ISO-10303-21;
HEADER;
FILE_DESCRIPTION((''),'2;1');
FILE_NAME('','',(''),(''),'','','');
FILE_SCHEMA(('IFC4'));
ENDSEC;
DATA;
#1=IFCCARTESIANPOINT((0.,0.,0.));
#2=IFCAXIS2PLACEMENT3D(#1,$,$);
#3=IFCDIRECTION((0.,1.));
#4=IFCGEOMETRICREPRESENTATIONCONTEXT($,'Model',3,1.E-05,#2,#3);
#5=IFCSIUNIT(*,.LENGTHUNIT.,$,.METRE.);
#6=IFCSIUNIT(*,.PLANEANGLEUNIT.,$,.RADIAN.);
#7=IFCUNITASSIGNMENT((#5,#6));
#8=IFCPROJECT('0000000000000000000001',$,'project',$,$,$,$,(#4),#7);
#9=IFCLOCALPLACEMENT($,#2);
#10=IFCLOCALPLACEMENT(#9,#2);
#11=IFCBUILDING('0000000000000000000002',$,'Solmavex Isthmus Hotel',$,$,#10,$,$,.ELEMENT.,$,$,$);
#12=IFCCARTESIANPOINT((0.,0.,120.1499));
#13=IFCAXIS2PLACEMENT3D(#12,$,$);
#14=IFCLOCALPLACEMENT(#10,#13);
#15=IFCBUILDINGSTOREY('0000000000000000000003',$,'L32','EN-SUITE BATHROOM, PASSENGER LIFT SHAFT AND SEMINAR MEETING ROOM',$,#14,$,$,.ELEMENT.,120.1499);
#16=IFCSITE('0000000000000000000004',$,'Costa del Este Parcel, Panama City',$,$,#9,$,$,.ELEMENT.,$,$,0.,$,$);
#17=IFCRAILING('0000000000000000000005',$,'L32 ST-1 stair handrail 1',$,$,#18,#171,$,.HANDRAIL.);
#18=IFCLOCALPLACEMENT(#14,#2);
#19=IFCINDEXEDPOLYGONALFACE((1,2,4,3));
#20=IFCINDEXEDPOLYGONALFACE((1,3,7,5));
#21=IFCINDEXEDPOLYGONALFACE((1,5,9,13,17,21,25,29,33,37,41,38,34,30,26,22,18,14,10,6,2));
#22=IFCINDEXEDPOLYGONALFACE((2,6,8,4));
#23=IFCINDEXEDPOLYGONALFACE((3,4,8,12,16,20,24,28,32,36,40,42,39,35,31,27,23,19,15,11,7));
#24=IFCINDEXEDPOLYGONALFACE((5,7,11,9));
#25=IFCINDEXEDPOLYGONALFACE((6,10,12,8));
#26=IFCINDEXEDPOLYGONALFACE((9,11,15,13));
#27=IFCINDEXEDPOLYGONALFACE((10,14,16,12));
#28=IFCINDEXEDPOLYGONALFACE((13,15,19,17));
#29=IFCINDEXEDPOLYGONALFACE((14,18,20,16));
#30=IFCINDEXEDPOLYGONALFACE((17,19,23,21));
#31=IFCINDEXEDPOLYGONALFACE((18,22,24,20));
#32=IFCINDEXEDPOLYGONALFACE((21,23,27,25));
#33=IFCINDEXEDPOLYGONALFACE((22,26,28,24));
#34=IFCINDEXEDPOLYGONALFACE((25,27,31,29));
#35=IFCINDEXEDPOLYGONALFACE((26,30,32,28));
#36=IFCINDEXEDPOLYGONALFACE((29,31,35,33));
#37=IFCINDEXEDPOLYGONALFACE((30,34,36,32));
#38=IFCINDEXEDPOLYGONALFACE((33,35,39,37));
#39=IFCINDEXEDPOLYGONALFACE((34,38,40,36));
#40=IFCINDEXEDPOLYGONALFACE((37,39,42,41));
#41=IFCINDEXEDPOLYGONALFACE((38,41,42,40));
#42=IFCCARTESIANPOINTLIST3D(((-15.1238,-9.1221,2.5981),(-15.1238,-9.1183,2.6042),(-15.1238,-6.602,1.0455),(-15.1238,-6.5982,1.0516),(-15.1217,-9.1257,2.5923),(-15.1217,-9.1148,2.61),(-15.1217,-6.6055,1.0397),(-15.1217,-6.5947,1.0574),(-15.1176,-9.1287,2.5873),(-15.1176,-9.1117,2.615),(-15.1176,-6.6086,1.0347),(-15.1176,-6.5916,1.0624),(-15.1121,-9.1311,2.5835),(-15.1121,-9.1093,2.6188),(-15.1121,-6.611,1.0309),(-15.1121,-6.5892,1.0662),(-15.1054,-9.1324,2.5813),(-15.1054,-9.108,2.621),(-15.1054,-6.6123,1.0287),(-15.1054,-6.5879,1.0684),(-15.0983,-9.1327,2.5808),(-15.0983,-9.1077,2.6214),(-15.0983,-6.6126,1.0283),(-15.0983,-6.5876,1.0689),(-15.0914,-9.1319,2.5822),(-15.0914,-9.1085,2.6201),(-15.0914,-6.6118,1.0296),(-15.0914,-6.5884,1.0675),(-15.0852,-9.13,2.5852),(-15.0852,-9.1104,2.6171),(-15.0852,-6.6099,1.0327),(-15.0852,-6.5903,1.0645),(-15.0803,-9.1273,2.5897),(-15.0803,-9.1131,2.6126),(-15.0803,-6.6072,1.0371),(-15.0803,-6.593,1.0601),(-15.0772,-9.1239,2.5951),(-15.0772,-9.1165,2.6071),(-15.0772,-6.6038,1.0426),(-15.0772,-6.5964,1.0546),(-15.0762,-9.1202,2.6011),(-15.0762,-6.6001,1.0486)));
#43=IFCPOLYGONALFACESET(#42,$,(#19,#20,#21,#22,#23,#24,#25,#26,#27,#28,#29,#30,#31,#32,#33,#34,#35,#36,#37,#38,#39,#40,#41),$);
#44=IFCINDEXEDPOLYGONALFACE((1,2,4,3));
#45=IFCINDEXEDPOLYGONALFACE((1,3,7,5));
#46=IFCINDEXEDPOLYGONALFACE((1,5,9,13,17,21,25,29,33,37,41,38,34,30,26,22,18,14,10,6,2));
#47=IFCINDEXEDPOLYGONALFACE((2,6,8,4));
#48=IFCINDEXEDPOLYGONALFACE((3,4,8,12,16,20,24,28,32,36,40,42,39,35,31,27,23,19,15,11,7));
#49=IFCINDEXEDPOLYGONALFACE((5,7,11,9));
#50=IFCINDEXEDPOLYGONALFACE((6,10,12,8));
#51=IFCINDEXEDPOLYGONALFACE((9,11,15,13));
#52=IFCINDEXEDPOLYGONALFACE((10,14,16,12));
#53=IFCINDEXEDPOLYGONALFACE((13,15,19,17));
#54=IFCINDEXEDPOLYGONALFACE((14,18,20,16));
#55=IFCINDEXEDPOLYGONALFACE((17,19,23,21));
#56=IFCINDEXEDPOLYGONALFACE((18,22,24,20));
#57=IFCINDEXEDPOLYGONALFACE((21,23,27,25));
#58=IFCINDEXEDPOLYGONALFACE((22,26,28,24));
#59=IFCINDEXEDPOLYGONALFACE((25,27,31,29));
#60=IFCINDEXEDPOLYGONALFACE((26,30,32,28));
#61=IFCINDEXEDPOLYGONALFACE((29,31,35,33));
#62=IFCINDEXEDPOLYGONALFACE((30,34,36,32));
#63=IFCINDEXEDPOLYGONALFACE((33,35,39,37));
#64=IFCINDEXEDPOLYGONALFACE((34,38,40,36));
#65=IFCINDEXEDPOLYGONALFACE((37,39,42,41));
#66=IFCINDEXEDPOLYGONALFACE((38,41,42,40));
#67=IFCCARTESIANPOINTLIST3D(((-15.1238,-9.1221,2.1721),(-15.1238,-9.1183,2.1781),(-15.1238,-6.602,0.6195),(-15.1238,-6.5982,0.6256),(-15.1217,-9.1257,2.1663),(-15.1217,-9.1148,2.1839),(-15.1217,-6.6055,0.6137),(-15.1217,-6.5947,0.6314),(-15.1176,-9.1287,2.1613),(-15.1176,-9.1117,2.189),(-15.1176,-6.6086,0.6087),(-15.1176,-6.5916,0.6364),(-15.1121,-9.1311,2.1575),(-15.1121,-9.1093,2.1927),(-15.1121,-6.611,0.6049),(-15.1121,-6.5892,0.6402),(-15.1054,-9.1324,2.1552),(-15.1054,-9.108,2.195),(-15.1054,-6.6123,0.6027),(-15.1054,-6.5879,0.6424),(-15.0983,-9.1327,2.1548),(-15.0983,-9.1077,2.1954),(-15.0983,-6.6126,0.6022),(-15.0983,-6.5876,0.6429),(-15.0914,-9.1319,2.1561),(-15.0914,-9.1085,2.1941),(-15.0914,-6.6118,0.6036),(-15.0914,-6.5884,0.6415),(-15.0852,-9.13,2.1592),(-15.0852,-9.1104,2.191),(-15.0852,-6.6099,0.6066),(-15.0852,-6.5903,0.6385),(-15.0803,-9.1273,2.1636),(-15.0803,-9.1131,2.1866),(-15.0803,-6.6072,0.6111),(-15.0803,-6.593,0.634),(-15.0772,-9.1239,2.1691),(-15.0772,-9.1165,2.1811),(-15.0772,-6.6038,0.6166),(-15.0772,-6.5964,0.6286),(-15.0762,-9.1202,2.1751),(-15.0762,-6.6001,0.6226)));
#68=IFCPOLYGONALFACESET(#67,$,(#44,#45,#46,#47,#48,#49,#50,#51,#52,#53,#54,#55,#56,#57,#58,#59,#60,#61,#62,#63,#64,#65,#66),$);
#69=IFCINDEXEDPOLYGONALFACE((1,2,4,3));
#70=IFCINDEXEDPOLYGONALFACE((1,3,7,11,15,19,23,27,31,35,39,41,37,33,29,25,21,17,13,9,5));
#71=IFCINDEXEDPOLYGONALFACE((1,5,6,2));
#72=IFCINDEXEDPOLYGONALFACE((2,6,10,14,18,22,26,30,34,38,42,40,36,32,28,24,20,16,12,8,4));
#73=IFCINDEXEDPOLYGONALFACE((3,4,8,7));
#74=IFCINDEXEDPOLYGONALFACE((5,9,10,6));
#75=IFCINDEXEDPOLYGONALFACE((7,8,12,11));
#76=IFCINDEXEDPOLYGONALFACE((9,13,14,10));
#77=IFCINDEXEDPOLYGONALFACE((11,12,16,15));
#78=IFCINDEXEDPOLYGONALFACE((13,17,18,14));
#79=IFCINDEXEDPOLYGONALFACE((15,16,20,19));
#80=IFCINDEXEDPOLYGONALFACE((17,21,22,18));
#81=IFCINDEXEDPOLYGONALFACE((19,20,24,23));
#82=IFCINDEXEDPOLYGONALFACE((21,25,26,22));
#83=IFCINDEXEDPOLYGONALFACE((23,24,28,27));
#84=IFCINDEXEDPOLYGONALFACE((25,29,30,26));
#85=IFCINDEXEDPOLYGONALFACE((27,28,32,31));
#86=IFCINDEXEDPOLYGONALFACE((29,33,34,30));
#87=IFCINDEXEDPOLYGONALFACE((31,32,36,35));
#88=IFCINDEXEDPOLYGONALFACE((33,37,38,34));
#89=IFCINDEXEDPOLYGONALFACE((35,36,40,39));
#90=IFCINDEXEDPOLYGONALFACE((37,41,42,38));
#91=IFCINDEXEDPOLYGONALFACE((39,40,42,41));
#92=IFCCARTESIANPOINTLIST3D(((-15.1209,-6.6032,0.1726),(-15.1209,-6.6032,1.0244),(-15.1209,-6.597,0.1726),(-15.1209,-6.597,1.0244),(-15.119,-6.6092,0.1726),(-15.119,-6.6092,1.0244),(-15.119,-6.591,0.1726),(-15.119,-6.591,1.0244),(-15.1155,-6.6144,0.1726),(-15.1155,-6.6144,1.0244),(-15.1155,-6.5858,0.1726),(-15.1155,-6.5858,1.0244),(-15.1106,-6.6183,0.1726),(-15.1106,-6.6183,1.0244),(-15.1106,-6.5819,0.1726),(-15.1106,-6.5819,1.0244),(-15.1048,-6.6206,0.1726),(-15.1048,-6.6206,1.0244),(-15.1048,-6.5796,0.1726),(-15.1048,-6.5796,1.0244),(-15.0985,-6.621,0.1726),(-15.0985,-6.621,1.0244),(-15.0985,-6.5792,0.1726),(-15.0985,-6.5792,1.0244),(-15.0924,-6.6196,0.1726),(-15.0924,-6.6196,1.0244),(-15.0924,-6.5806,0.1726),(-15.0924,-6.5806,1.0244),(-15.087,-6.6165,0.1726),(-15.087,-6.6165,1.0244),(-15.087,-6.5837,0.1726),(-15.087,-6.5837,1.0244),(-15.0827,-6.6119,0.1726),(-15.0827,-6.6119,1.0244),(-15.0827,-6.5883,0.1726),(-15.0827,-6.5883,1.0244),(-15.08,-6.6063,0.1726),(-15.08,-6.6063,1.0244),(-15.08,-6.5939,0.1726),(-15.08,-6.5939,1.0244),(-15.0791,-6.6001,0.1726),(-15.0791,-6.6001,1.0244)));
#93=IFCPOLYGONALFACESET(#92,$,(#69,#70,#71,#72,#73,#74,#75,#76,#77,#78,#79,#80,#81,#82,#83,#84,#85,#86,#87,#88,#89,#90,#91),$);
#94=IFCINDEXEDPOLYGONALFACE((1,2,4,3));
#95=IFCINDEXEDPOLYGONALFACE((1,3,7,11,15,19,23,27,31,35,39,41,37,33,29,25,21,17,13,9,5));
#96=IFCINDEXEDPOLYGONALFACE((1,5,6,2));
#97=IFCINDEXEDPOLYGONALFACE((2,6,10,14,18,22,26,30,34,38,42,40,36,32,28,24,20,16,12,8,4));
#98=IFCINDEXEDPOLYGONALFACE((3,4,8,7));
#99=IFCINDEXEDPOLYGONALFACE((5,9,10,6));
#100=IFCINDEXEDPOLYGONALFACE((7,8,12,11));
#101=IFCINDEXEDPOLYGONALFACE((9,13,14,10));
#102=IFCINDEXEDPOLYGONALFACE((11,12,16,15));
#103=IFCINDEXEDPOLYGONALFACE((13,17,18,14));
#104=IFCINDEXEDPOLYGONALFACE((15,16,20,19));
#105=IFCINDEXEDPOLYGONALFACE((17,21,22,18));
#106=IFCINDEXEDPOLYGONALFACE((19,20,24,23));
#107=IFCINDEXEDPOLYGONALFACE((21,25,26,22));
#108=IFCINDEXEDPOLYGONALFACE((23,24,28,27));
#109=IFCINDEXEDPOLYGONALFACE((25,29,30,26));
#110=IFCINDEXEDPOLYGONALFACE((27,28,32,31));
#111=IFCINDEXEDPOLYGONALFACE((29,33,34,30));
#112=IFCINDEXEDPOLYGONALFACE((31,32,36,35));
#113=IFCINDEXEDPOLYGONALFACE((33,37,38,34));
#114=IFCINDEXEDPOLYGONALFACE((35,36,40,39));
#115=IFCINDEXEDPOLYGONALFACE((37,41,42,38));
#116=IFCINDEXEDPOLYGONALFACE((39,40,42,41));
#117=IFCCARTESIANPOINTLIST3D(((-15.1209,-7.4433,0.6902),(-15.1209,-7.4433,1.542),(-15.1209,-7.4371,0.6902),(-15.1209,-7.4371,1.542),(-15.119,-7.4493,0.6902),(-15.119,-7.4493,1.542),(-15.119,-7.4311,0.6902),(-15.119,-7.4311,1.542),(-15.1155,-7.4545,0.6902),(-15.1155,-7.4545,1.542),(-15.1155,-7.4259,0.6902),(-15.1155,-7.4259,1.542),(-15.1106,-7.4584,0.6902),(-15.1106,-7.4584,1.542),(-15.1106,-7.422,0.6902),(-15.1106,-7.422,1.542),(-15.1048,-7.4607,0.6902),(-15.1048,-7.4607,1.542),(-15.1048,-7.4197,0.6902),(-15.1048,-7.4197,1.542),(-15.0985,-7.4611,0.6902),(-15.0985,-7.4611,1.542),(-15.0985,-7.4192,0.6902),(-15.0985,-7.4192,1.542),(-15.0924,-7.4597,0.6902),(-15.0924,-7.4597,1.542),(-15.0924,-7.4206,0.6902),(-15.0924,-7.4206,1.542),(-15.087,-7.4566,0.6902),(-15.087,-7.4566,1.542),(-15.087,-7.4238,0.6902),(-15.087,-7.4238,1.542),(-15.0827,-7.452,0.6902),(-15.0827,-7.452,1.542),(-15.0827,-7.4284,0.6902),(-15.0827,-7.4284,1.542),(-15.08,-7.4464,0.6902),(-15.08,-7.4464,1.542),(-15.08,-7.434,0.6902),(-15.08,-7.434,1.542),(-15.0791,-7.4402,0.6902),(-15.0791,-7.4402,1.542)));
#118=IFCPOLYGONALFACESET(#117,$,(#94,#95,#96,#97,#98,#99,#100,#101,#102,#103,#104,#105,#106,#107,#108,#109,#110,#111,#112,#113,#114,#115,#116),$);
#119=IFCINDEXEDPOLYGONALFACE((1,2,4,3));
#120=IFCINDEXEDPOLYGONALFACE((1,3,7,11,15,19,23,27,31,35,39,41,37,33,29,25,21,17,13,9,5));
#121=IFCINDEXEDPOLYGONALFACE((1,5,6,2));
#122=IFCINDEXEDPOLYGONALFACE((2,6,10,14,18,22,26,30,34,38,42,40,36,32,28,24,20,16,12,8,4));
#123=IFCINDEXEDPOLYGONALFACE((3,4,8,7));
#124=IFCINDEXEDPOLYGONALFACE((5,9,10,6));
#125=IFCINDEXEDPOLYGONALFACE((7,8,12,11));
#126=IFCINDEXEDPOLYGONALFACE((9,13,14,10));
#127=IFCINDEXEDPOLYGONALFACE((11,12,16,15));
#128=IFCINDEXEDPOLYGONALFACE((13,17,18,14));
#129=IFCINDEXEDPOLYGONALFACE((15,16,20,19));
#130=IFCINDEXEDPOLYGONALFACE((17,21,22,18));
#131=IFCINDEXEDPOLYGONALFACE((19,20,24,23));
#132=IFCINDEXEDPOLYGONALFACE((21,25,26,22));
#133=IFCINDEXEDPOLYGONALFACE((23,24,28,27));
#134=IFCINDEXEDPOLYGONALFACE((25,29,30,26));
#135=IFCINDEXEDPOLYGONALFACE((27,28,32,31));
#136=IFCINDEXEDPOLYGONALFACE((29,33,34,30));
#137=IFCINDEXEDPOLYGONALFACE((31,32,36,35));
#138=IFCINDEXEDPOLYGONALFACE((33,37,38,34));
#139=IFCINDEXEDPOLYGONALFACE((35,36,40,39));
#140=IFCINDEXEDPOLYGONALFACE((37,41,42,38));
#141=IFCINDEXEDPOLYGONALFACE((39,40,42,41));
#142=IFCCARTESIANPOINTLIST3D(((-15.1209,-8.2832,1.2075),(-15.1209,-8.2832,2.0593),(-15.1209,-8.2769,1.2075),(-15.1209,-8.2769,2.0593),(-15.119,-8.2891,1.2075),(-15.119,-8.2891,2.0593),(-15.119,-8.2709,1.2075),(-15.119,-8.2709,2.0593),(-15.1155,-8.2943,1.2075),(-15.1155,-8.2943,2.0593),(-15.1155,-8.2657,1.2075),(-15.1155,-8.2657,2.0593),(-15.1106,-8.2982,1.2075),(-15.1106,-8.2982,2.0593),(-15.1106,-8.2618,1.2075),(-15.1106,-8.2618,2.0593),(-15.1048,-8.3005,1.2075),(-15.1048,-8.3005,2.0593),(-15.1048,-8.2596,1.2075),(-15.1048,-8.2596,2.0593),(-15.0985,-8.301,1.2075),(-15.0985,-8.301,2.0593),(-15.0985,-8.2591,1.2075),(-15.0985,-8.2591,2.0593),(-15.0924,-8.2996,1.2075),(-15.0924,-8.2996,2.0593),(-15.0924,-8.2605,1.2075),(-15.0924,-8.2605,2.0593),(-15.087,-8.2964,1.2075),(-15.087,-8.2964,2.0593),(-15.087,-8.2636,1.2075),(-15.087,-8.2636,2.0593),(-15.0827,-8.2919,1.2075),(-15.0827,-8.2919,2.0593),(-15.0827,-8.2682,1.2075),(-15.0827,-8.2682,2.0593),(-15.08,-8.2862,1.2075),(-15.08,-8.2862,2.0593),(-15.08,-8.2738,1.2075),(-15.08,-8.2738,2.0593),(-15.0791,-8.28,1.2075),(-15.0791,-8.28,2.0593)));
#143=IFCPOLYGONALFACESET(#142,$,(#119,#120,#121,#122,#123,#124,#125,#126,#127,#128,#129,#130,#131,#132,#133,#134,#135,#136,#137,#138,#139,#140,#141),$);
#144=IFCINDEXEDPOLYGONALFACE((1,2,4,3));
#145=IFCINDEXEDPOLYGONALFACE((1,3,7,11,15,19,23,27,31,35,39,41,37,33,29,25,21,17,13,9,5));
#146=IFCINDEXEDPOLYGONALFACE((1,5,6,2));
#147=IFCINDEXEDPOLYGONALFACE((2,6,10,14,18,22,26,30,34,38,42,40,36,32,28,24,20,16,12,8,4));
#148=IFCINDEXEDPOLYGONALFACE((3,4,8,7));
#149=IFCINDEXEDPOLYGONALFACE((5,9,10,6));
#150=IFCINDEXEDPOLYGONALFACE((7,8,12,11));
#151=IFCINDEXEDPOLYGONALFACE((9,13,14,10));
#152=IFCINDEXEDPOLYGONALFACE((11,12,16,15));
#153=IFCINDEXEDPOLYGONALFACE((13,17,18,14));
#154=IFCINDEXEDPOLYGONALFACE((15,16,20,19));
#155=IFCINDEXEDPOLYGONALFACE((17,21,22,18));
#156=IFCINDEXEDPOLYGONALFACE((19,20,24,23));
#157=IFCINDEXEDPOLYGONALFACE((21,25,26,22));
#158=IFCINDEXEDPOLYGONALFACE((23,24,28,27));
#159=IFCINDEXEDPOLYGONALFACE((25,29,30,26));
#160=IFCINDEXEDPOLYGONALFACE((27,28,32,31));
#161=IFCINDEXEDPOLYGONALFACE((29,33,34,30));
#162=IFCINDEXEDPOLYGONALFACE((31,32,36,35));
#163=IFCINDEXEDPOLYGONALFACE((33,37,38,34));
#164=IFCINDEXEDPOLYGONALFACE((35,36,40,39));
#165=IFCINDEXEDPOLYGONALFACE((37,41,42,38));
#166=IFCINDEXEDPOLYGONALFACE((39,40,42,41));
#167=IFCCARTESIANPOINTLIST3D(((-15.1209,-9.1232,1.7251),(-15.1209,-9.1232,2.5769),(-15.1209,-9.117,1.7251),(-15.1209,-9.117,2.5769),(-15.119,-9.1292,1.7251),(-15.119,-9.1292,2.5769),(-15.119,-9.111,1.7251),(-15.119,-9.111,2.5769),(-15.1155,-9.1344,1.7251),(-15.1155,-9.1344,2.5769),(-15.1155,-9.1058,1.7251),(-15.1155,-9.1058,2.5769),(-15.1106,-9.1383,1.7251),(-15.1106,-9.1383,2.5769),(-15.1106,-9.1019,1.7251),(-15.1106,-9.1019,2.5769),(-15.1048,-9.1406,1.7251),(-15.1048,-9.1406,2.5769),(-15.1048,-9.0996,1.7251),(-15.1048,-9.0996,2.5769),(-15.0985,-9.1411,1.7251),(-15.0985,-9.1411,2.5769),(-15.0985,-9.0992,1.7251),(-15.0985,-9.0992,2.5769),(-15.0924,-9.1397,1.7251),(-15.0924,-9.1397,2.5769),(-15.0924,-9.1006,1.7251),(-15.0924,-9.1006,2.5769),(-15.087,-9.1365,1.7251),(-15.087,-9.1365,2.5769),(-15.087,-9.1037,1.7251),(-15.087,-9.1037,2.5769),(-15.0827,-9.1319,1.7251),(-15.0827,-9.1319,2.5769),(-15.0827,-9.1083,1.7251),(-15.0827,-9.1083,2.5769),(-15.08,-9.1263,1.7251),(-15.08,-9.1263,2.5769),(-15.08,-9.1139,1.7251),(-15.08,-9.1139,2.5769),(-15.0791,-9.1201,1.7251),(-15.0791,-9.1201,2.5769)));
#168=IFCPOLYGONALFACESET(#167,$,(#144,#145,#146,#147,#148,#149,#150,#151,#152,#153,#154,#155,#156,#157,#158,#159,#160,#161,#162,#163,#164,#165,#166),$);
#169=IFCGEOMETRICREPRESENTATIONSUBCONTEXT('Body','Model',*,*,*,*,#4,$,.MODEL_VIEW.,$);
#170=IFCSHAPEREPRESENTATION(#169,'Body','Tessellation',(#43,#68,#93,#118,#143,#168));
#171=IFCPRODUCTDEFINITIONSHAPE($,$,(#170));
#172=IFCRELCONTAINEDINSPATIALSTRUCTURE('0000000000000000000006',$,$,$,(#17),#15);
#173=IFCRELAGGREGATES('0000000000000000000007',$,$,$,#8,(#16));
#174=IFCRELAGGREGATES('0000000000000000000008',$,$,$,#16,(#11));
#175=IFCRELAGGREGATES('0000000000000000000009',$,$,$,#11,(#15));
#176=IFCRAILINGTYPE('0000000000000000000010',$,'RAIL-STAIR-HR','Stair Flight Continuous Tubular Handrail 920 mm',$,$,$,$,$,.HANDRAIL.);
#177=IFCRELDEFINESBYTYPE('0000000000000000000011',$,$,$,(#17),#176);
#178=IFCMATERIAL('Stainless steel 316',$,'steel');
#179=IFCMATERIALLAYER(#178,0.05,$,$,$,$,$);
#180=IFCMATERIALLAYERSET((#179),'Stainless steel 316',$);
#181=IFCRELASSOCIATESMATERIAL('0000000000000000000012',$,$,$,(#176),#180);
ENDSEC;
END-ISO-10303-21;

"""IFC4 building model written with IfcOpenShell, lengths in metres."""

from ifc_helpers import new_model, si_unit, direction, frame, origin, origin_2d, place, context, subcontext, project, spatial, circle, extrude, material, layer, layer_set, type_object, element, save


model = new_model("IFC4")

# Units and contexts
model_context = context("Model", 3, precision=1e-05, world=origin(), true_north=direction((0.0, 1.0)))
body_context = subcontext(model_context, "Body", "Model", "MODEL_VIEW")
ifc_project = project(units=[si_unit("LENGTHUNIT", "METRE"), si_unit("PLANEANGLEUNIT", "RADIAN")], contexts=[model_context])

# Site, building, storey
site_placement = place(None, origin())
site = spatial("IfcSite", under=ifc_project, at=site_placement, Name="Costa del Este Parcel, Panama City", CompositionType="ELEMENT", RefElevation=0.0)
building_placement = place(site_placement, origin())
building = spatial("IfcBuilding", under=site, at=building_placement, Name="Solmavex Isthmus Hotel", CompositionType="ELEMENT")
storey_placement = place(building_placement, frame((0.0, 0.0, 120.1499)))
storey = spatial("IfcBuildingStorey", under=building, at=storey_placement, Name="L32", Description="EN-SUITE BATHROOM, PASSENGER LIFT SHAFT AND SEMINAR MEETING ROOM", CompositionType="ELEMENT", Elevation=120.1499)

# Railing
ifc_material_1 = material(Name="Stainless steel 316", Category="steel")
ifc_layer_1 = layer(ifc_material_1, 0.05)
ifc_layer_set_1 = layer_set([ifc_layer_1], Name="Stainless steel 316")
railing_type_1 = type_object("IfcRailingType", Name="RAIL-STAIR-HR", Description="Stair Flight Continuous Tubular Handrail 920 mm", PredefinedType="HANDRAIL", material=ifc_layer_set_1)
railing_1_placement = place(storey_placement, frame((-15.1001, -6.6001, 0.1726)))
element("IfcRailing", 1, at=railing_1_placement, inside=storey, type_object=railing_type_1, Name="L32 ST-1 stair handrail 1", PredefinedType="HANDRAIL", context=body_context, shape_type="SweptSolid", body=[
    extrude(circle(Radius=0.0239, at=origin_2d()), frame((0.0, 0.0, 0.876), z_axis=(0.0, -0.8514, 0.524516), x_axis=(1.0, 0.0, 0.0)), (0.0, 0.0, 1.0), 2.96),
    extrude(circle(Radius=0.0239, at=origin_2d()), frame((0.0, 0.0, 0.45), z_axis=(0.0, -0.8514, 0.524516), x_axis=(1.0, 0.0, 0.0)), (0.0, 0.0, 1.0), 2.96),
    extrude(circle(Radius=0.021, at=origin_2d()), origin(), (0.0, 0.0, 1.0), 0.8518),
    extrude(circle(Radius=0.021, at=origin_2d()), frame((0.0, -0.8401, 0.5176)), (0.0, 0.0, 1.0), 0.8518),
    extrude(circle(Radius=0.021, at=origin_2d()), frame((0.0, -1.6799, 1.0349)), (0.0, 0.0, 1.0), 0.8518),
    extrude(circle(Radius=0.021, at=origin_2d()), frame((0.0, -2.52, 1.5525)), (0.0, 0.0, 1.0), 0.8518),
])

save(model, "model.ifc")
